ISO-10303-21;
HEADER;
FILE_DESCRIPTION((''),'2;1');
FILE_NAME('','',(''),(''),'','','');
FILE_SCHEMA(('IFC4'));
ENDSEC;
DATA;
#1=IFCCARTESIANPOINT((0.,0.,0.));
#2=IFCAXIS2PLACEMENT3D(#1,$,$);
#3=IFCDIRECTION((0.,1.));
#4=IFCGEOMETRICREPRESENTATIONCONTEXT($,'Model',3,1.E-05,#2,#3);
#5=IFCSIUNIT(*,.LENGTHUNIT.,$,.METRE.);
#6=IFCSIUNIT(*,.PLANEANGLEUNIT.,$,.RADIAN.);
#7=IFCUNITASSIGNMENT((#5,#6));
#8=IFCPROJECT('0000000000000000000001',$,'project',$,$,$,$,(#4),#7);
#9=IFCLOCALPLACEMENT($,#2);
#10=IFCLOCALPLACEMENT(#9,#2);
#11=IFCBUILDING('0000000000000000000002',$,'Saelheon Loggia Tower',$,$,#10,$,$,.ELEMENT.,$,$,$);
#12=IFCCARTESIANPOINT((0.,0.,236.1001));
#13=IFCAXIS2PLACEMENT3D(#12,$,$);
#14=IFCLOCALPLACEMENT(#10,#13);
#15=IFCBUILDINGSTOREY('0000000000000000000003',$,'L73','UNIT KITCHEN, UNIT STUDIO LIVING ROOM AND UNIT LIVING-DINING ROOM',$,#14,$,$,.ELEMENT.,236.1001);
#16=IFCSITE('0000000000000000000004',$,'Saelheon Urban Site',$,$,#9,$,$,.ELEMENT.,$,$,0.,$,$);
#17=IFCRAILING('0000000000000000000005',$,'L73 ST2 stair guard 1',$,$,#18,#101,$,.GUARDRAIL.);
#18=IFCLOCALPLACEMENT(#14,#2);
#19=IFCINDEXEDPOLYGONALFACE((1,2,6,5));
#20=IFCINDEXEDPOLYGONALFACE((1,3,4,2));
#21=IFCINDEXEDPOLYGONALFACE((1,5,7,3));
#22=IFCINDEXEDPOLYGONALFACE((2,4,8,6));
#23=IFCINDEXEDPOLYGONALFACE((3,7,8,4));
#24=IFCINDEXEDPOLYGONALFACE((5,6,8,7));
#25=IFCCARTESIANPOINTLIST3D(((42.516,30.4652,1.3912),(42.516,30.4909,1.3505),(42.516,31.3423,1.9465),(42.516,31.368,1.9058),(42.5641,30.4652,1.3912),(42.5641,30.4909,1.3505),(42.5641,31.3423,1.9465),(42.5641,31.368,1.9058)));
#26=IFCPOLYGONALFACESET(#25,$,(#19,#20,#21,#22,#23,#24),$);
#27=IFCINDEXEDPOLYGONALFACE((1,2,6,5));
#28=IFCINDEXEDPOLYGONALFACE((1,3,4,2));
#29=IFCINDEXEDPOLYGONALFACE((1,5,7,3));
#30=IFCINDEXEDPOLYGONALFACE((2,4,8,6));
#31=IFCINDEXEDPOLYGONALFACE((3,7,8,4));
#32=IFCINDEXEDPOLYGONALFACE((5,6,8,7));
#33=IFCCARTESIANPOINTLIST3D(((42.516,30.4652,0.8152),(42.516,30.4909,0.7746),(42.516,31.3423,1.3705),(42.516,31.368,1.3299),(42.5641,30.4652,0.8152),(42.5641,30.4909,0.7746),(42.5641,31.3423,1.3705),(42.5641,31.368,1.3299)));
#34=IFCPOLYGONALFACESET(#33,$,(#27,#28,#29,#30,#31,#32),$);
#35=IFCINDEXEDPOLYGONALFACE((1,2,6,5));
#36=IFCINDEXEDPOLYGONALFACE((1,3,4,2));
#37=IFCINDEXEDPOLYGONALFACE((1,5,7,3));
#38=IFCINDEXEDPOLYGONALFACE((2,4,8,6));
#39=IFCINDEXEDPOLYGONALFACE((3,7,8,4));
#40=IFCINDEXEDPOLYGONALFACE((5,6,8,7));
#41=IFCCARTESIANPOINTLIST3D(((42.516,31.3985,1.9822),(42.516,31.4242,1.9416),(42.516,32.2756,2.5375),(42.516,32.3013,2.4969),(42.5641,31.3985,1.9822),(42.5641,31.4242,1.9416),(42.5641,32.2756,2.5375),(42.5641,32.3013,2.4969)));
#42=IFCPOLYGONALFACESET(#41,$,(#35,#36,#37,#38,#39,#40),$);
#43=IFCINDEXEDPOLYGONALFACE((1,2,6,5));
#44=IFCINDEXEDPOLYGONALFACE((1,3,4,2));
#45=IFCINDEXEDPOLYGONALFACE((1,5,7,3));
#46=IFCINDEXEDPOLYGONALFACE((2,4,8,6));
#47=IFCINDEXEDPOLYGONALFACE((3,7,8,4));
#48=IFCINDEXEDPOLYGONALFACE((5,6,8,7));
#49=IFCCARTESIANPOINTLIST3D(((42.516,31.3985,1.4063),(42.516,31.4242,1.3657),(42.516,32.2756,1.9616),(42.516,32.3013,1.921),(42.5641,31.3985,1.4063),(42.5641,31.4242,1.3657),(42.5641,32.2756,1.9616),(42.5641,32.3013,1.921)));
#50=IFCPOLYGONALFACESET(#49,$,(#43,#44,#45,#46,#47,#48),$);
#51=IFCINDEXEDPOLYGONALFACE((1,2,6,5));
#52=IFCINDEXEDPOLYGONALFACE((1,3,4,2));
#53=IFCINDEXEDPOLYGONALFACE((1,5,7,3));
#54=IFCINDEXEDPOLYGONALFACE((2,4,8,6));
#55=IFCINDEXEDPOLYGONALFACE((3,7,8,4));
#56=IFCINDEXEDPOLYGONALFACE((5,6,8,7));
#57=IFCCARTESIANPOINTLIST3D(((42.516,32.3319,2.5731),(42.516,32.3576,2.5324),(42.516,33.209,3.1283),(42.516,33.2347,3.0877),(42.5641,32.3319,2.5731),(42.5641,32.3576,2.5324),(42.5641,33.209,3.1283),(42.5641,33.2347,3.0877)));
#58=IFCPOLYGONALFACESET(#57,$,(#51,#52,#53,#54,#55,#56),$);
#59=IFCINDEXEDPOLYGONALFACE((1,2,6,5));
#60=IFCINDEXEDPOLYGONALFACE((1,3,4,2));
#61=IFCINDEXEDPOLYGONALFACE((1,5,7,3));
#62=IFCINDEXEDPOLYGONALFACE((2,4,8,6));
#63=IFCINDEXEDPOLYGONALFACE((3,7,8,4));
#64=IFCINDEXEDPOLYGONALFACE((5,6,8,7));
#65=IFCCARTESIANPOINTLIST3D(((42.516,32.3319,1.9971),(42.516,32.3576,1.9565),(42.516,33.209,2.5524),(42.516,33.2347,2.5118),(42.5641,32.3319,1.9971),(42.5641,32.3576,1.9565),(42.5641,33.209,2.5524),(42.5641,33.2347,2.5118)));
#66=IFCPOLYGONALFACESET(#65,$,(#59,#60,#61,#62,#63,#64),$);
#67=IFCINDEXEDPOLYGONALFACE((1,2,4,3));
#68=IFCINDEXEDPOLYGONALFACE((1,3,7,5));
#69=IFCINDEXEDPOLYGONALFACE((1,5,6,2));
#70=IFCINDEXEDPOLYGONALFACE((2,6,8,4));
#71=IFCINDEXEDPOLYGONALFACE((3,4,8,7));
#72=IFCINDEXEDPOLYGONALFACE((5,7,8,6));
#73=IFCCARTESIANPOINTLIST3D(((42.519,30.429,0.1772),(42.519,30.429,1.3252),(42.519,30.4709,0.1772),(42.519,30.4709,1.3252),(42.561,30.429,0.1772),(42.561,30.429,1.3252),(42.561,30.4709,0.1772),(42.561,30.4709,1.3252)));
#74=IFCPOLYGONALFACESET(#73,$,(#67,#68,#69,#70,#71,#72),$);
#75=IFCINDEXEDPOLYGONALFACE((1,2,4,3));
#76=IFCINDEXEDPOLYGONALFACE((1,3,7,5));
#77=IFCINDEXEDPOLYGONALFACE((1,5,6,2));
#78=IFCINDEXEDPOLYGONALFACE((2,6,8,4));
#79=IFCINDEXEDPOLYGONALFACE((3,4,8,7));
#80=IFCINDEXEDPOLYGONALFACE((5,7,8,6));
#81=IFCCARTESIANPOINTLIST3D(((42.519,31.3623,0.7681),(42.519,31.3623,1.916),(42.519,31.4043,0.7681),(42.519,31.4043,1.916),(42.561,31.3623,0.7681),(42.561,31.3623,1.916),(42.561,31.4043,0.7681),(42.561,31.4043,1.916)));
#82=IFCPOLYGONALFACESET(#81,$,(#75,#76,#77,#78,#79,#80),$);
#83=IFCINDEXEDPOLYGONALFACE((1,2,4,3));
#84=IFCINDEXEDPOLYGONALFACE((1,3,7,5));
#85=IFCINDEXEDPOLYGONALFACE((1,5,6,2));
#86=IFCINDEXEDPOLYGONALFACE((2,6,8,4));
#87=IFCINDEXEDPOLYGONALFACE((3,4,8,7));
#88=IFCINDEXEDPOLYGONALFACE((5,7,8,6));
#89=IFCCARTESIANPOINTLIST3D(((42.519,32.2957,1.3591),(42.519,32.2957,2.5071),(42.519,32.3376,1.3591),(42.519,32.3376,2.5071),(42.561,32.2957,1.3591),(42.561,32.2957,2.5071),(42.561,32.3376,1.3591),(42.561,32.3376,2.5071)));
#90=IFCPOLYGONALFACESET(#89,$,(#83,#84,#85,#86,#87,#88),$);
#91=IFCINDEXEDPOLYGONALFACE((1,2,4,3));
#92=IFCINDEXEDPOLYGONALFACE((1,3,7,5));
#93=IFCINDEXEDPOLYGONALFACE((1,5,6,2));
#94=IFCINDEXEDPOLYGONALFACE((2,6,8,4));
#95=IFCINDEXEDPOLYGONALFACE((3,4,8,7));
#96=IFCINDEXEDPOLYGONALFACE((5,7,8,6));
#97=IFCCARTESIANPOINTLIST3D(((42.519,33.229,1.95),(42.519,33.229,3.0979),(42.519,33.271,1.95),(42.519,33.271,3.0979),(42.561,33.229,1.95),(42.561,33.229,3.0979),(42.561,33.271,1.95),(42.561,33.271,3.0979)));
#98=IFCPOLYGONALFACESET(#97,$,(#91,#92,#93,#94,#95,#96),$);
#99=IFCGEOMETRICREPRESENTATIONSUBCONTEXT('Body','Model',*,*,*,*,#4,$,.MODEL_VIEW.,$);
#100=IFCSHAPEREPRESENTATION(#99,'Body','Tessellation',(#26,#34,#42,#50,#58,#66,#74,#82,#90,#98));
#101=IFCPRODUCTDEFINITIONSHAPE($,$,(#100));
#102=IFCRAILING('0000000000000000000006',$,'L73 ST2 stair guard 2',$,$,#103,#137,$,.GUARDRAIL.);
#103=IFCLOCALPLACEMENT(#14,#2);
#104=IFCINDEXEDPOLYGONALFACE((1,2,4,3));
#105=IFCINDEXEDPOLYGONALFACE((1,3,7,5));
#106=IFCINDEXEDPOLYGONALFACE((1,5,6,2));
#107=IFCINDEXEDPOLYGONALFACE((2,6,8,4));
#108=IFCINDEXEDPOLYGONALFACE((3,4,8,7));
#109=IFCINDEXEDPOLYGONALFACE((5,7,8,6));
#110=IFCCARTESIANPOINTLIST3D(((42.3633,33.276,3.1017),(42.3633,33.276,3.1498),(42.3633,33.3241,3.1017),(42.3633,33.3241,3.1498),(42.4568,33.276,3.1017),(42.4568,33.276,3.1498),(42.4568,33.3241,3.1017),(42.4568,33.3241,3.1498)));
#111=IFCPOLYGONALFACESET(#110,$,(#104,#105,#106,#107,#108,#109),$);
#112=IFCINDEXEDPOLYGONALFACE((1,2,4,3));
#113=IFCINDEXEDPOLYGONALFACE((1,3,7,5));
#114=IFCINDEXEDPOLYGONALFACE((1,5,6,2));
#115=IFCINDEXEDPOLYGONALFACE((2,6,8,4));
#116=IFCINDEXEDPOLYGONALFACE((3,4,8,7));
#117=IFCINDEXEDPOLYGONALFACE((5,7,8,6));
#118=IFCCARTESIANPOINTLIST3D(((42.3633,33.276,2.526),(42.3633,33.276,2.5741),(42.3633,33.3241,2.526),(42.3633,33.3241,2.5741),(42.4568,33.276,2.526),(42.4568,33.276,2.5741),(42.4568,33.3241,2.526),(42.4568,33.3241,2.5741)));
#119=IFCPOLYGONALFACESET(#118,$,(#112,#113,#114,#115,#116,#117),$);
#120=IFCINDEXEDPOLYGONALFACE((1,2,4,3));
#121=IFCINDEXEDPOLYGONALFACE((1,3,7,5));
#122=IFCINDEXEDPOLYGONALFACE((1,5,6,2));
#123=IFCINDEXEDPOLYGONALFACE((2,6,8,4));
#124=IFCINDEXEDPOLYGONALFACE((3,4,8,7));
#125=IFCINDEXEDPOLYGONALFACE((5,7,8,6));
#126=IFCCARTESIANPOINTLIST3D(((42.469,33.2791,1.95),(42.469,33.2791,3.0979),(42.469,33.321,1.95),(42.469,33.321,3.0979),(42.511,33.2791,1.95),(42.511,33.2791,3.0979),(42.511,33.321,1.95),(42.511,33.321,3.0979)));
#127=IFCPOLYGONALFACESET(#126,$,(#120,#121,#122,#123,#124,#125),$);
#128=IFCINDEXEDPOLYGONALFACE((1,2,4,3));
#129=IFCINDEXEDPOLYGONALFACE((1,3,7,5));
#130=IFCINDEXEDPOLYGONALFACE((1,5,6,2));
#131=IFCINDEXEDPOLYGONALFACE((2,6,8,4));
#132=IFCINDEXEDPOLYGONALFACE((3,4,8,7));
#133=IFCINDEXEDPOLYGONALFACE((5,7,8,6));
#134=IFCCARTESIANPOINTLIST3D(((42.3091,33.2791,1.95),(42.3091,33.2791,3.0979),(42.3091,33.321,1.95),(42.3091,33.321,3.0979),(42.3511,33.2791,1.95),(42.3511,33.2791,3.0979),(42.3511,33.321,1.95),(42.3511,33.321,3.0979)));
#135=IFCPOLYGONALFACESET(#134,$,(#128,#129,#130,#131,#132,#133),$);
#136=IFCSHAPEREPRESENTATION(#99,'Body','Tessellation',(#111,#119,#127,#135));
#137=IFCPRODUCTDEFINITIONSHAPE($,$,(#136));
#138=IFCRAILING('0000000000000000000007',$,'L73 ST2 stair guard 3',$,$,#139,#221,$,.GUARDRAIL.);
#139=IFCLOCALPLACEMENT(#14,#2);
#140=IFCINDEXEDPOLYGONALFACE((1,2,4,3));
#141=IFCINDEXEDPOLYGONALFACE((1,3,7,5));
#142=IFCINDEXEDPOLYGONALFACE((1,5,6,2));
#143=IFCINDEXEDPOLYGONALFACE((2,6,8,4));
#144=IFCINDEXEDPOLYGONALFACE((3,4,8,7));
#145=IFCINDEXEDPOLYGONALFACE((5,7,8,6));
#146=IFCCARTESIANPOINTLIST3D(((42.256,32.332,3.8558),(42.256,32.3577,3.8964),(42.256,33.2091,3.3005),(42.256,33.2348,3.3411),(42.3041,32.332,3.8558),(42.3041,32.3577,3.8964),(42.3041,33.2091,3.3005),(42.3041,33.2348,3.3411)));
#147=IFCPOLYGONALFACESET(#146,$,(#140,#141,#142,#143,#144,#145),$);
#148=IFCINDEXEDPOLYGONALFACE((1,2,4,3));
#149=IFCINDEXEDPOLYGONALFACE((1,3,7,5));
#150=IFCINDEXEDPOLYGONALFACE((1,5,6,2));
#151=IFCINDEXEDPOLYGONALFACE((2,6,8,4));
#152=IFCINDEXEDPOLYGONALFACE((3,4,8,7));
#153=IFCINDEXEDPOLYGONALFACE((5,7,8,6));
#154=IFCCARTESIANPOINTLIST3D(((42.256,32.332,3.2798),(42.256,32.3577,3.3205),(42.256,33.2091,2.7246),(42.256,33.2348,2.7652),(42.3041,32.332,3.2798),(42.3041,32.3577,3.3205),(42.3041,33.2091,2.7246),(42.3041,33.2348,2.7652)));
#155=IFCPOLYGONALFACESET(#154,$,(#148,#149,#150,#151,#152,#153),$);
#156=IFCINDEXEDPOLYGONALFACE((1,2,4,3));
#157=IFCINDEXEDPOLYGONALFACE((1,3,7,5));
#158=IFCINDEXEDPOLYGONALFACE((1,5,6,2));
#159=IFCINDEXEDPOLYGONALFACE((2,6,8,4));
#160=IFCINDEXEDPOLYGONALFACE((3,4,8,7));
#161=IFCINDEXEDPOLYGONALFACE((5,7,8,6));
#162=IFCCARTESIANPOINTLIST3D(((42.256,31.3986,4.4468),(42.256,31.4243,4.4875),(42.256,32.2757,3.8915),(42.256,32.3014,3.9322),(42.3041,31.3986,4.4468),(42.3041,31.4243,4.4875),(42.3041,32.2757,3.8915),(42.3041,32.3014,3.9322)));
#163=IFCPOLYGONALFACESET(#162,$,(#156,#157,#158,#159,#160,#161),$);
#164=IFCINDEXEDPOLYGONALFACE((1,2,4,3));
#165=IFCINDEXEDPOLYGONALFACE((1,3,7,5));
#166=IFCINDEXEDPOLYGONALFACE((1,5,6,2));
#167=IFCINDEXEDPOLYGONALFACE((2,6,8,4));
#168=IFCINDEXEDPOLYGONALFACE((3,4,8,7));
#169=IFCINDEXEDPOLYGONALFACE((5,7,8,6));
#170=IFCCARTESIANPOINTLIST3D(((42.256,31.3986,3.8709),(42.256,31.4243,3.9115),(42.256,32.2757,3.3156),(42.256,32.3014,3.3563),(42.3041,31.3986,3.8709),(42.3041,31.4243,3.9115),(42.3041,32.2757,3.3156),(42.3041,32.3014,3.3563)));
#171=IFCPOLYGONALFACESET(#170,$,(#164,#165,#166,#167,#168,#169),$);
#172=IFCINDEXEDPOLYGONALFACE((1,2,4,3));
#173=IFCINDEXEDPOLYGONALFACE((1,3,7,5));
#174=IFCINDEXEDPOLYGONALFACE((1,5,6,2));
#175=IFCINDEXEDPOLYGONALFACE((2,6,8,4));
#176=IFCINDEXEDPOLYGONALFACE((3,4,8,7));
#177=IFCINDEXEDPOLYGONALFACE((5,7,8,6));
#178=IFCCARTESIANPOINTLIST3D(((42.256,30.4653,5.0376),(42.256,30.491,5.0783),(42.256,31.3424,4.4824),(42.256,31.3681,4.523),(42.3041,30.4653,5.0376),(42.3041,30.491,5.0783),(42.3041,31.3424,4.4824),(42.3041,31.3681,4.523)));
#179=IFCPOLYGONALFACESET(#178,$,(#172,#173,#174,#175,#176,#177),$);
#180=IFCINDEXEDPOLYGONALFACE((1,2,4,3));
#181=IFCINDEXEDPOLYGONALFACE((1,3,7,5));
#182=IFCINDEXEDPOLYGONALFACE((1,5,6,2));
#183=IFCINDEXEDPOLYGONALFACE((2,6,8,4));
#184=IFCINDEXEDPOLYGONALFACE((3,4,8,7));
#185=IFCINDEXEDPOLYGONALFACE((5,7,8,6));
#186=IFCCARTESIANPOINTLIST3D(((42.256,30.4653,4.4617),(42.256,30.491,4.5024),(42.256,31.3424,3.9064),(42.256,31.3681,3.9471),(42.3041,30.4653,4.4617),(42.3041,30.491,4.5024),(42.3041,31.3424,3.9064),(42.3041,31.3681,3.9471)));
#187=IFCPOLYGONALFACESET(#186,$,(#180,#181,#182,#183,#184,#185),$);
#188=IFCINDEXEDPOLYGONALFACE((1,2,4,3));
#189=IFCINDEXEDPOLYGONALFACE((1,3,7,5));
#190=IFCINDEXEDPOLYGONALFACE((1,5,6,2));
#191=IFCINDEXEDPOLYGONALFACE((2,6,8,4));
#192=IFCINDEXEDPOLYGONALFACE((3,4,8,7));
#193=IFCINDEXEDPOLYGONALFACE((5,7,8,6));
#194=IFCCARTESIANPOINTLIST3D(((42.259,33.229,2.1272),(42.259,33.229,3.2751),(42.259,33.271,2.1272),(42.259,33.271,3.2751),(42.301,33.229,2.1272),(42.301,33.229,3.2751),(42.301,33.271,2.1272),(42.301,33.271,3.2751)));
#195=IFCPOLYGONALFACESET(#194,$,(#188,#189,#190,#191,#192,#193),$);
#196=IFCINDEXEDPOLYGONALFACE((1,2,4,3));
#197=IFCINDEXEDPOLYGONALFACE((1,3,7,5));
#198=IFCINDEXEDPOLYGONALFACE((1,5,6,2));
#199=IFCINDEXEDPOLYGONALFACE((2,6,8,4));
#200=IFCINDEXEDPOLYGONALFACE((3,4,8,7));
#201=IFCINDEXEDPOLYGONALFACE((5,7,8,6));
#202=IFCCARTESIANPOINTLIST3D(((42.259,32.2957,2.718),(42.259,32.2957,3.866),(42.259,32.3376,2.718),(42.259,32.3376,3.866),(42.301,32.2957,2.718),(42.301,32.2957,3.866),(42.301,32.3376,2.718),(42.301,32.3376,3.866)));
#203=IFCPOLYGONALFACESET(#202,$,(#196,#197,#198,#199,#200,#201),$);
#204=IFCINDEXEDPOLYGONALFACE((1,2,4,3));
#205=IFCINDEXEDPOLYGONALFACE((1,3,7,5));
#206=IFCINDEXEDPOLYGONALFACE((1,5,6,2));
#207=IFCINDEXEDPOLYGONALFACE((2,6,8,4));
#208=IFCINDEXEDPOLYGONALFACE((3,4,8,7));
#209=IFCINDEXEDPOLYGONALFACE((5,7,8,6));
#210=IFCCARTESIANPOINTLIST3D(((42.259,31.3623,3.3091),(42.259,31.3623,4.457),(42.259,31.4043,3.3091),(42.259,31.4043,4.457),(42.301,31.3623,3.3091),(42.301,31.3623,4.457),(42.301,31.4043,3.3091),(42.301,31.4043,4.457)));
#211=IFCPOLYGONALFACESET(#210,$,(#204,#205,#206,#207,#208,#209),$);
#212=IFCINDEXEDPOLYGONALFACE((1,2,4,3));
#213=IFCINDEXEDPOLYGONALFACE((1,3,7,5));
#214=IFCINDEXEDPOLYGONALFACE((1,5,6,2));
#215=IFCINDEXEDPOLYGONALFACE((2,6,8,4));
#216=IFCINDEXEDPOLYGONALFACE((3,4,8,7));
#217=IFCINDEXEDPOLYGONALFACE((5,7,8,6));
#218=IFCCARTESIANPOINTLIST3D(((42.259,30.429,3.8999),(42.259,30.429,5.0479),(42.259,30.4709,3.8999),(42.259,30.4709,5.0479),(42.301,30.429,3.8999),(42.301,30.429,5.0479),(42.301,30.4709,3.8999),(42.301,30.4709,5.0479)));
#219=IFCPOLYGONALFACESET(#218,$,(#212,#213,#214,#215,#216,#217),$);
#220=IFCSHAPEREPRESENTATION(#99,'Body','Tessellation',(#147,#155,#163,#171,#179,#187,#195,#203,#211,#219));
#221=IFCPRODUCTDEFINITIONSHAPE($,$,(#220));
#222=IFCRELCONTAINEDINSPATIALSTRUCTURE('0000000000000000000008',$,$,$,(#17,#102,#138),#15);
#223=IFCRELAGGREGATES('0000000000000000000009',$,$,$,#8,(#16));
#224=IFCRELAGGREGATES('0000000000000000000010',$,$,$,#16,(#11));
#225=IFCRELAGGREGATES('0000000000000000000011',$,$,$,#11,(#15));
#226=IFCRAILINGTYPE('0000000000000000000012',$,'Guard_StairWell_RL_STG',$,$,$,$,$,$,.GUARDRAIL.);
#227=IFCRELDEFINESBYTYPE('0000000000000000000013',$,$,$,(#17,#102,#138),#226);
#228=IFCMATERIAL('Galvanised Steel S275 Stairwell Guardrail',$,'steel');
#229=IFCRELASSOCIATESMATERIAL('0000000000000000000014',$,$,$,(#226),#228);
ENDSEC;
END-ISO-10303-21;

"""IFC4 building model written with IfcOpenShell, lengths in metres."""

from ifc_helpers import new_model, si_unit, direction, frame, origin, origin_2d, place, context, subcontext, project, spatial, rectangle, extrude, material, type_object, element, save


model = new_model("IFC4")

# Units and contexts
model_context = context("Model", 3, precision=1e-05, world=origin(), true_north=direction((0.0, 1.0)))
body_context = subcontext(model_context, "Body", "Model", "MODEL_VIEW")
ifc_project = project(units=[si_unit("LENGTHUNIT", "METRE"), si_unit("PLANEANGLEUNIT", "RADIAN")], contexts=[model_context])

# Site, building, storey
site_placement = place(None, origin())
site = spatial("IfcSite", under=ifc_project, at=site_placement, Name="Saelheon Urban Site", CompositionType="ELEMENT", RefElevation=0.0)
building_placement = place(site_placement, origin())
building = spatial("IfcBuilding", under=site, at=building_placement, Name="Saelheon Loggia Tower", CompositionType="ELEMENT")
storey_placement = place(building_placement, frame((0.0, 0.0, 236.1001)))
storey = spatial("IfcBuildingStorey", under=building, at=storey_placement, Name="L73", Description="UNIT KITCHEN, UNIT STUDIO LIVING ROOM AND UNIT LIVING-DINING ROOM", CompositionType="ELEMENT", Elevation=236.1001)

# Railings
ifc_material_1 = material(Name="Galvanised Steel S275 Stairwell Guardrail", Category="steel")
railing_type_1 = type_object("IfcRailingType", Name="Guard_StairWell_RL_STG", PredefinedType="GUARDRAIL", material=ifc_material_1)
railing_1_placement = place(storey_placement, frame((42.54, 30.45, 0.1772)))
element("IfcRailing", 1, at=railing_1_placement, inside=storey, type_object=railing_type_1, Name="L73 ST2 stair guard 1", PredefinedType="GUARDRAIL", context=body_context, shape_type="SweptSolid", body=[
    extrude(rectangle(XDim=0.0481, YDim=0.0481, at=origin_2d()), frame((0.0, 0.0281, 1.1936), z_axis=(0.0, 0.844909, 0.53491), x_axis=(-1.0, 0.0, 0.0)), (0.0, 0.0, 1.0), 1.0381),
    extrude(rectangle(XDim=0.0481, YDim=0.0481, at=origin_2d()), frame((0.0, 0.0281, 0.6177), z_axis=(0.0, 0.844909, 0.53491), x_axis=(-1.0, 0.0, 0.0)), (0.0, 0.0, 1.0), 1.0381),
    extrude(rectangle(XDim=0.0481, YDim=0.0481, at=origin_2d()), frame((0.0, 0.9614, 1.7847), z_axis=(0.0, 0.844909, 0.53491), x_axis=(-1.0, 0.0, 0.0)), (0.0, 0.0, 1.0), 1.0381),
    extrude(rectangle(XDim=0.0481, YDim=0.0481, at=origin_2d()), frame((0.0, 0.9614, 1.2087), z_axis=(0.0, 0.844909, 0.53491), x_axis=(-1.0, 0.0, 0.0)), (0.0, 0.0, 1.0), 1.0381),
    extrude(rectangle(XDim=0.0481, YDim=0.0481, at=origin_2d()), frame((0.0, 1.8948, 2.3755), z_axis=(0.0, 0.844909, 0.53491), x_axis=(-1.0, 0.0, 0.0)), (0.0, 0.0, 1.0), 1.0381),
    extrude(rectangle(XDim=0.0481, YDim=0.0481, at=origin_2d()), frame((0.0, 1.8948, 1.7996), z_axis=(0.0, 0.844909, 0.53491), x_axis=(-1.0, 0.0, 0.0)), (0.0, 0.0, 1.0), 1.0381),
    extrude(rectangle(XDim=0.042, YDim=0.042, at=origin_2d()), origin(), (0.0, 0.0, 1.0), 1.1479),
    extrude(rectangle(XDim=0.042, YDim=0.042, at=origin_2d()), frame((0.0, 0.9333, 0.5908)), (0.0, 0.0, 1.0), 1.1479),
    extrude(rectangle(XDim=0.042, YDim=0.042, at=origin_2d()), frame((0.0, 1.8667, 1.1819)), (0.0, 0.0, 1.0), 1.1479),
    extrude(rectangle(XDim=0.042, YDim=0.042, at=origin_2d()), frame((0.0, 2.8, 1.7727)), (0.0, 0.0, 1.0), 1.1479),
])
railing_2_placement = place(storey_placement, frame((42.49, 33.3, 1.95)))
element("IfcRailing", 2, at=railing_2_placement, inside=storey, type_object=railing_type_1, Name="L73 ST2 stair guard 2", PredefinedType="GUARDRAIL", context=body_context, shape_type="SweptSolid", body=[
    extrude(rectangle(XDim=0.0481, YDim=0.0481, at=origin_2d()), frame((-0.0332, 0.0, 1.1758), z_axis=(-1.0, 0.0, 0.0), x_axis=(0.0, -1.0, 0.0)), (0.0, 0.0, 1.0), 0.0935),
    extrude(rectangle(XDim=0.0481, YDim=0.0481, at=origin_2d()), frame((-0.0332, 0.0, 0.6001), z_axis=(-1.0, 0.0, 0.0), x_axis=(0.0, -1.0, 0.0)), (0.0, 0.0, 1.0), 0.0935),
    extrude(rectangle(XDim=0.042, YDim=0.042, at=origin_2d()), origin(), (0.0, 0.0, 1.0), 1.1479),
    extrude(rectangle(XDim=0.042, YDim=0.042, at=origin_2d()), frame((-0.1599, 0.0, 0.0)), (0.0, 0.0, 1.0), 1.1479),
])
railing_3_placement = place(storey_placement, frame((42.28, 33.25, 2.1272)))
element("IfcRailing", 3, at=railing_3_placement, inside=storey, type_object=railing_type_1, Name="L73 ST2 stair guard 3", PredefinedType="GUARDRAIL", context=body_context, shape_type="SweptSolid", body=[
    extrude(rectangle(XDim=0.0481, YDim=0.0481, at=origin_2d()), frame((0.0, -0.0281, 1.1936), z_axis=(0.0, -0.844909, 0.53491), x_axis=(1.0, 0.0, 0.0)), (0.0, 0.0, 1.0), 1.0381),
    extrude(rectangle(XDim=0.0481, YDim=0.0481, at=origin_2d()), frame((0.0, -0.0281, 0.6177), z_axis=(0.0, -0.844909, 0.53491), x_axis=(1.0, 0.0, 0.0)), (0.0, 0.0, 1.0), 1.0381),
    extrude(rectangle(XDim=0.0481, YDim=0.0481, at=origin_2d()), frame((0.0, -0.9614, 1.7847), z_axis=(0.0, -0.844909, 0.53491), x_axis=(1.0, 0.0, 0.0)), (0.0, 0.0, 1.0), 1.0381),
    extrude(rectangle(XDim=0.0481, YDim=0.0481, at=origin_2d()), frame((0.0, -0.9614, 1.2087), z_axis=(0.0, -0.844909, 0.53491), x_axis=(1.0, 0.0, 0.0)), (0.0, 0.0, 1.0), 1.0381),
    extrude(rectangle(XDim=0.0481, YDim=0.0481, at=origin_2d()), frame((0.0, -1.8948, 2.3755), z_axis=(0.0, -0.844909, 0.53491), x_axis=(1.0, 0.0, 0.0)), (0.0, 0.0, 1.0), 1.0381),
    extrude(rectangle(XDim=0.0481, YDim=0.0481, at=origin_2d()), frame((0.0, -1.8948, 1.7996), z_axis=(0.0, -0.844909, 0.53491), x_axis=(1.0, 0.0, 0.0)), (0.0, 0.0, 1.0), 1.0381),
    extrude(rectangle(XDim=0.042, YDim=0.042, at=origin_2d()), origin(), (0.0, 0.0, 1.0), 1.1479),
    extrude(rectangle(XDim=0.042, YDim=0.042, at=origin_2d()), frame((0.0, -0.9333, 0.5908)), (0.0, 0.0, 1.0), 1.1479),
    extrude(rectangle(XDim=0.042, YDim=0.042, at=origin_2d()), frame((0.0, -1.8667, 1.1819)), (0.0, 0.0, 1.0), 1.1479),
    extrude(rectangle(XDim=0.042, YDim=0.042, at=origin_2d()), frame((0.0, -2.8, 1.7727)), (0.0, 0.0, 1.0), 1.1479),
])

save(model, "model.ifc")
